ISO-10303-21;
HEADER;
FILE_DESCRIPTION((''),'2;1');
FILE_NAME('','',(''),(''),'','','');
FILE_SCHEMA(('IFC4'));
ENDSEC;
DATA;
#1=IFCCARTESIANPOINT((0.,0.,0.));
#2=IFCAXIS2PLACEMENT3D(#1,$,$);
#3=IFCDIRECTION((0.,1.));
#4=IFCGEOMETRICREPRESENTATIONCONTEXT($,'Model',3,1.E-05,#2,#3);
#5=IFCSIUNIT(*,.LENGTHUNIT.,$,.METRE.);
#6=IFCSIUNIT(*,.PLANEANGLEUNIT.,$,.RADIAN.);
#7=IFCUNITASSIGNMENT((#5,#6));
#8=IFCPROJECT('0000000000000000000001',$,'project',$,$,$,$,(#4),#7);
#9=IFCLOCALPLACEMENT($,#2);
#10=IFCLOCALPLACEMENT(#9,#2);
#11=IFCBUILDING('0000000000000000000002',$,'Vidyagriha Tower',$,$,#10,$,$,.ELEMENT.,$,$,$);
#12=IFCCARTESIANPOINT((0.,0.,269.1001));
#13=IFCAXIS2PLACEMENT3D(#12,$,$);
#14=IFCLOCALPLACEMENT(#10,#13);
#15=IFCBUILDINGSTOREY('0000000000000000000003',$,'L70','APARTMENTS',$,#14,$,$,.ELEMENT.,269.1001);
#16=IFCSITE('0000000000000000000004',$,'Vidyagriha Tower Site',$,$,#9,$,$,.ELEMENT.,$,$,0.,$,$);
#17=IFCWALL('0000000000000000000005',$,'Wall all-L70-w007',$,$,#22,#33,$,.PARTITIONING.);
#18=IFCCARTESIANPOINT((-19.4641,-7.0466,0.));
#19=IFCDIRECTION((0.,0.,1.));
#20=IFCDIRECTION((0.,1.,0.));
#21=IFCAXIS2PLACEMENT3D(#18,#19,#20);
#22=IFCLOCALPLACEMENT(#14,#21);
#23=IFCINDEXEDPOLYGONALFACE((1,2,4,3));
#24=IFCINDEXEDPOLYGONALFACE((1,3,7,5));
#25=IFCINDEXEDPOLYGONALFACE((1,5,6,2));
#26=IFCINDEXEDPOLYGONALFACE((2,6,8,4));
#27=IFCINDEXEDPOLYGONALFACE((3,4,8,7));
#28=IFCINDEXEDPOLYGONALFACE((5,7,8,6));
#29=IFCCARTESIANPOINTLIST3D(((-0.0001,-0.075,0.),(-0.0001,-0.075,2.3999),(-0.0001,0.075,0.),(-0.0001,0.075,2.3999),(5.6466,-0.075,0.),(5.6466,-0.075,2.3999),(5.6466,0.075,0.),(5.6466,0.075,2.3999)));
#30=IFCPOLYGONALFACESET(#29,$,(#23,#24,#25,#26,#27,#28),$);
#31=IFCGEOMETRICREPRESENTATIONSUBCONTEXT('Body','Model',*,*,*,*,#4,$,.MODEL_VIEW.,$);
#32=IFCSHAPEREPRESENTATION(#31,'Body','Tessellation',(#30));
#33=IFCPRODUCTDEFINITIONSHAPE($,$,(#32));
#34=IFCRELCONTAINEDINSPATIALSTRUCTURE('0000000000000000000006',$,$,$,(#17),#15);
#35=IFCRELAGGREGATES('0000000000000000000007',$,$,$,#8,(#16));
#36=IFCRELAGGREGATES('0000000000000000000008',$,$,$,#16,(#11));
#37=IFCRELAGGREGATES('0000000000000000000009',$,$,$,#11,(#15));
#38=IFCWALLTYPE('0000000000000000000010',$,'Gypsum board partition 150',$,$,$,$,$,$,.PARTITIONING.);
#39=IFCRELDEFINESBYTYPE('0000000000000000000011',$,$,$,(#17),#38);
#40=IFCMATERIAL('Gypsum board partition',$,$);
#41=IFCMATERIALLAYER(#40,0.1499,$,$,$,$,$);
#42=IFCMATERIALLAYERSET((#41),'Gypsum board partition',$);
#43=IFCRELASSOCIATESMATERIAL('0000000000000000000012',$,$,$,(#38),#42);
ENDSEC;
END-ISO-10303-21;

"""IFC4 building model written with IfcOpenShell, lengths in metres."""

from ifc_helpers import new_model, si_unit, direction, frame, frame_2d, origin, place, context, subcontext, project, spatial, rectangle, extrude, material, layer, layer_set, type_object, element, save


model = new_model("IFC4")

# Units and contexts
model_context = context("Model", 3, precision=1e-05, world=origin(), true_north=direction((0.0, 1.0)))
body_context = subcontext(model_context, "Body", "Model", "MODEL_VIEW")
ifc_project = project(units=[si_unit("LENGTHUNIT", "METRE"), si_unit("PLANEANGLEUNIT", "RADIAN")], contexts=[model_context])

# Site, building, storey
site_placement = place(None, origin())
site = spatial("IfcSite", under=ifc_project, at=site_placement, Name="Vidyagriha Tower Site", CompositionType="ELEMENT", RefElevation=0.0)
building_placement = place(site_placement, origin())
building = spatial("IfcBuilding", under=site, at=building_placement, Name="Vidyagriha Tower", CompositionType="ELEMENT")
storey_placement = place(building_placement, frame((0.0, 0.0, 269.1001)))
storey = spatial("IfcBuildingStorey", under=building, at=storey_placement, Name="L70", Description="APARTMENTS", CompositionType="ELEMENT", Elevation=269.1001)

# Wall
ifc_material_1 = material(Name="Gypsum board partition")
ifc_layer_1 = layer(ifc_material_1, 0.1499)
ifc_layer_set_1 = layer_set([ifc_layer_1], Name="Gypsum board partition")
wall_type_1 = type_object("IfcWallType", Name="Gypsum board partition 150", PredefinedType="PARTITIONING", material=ifc_layer_set_1)
wall_1_placement = place(storey_placement, frame((-19.4641, -7.0466, 0.0), z_axis=(0.0, 0.0, 1.0), x_axis=(0.0, 1.0, 0.0)))
element("IfcWall", 1, at=wall_1_placement, inside=storey, type_object=wall_type_1, Name="Wall all-L70-w007", PredefinedType="PARTITIONING", context=body_context, shape_type="SweptSolid", body=[
    extrude(rectangle(XDim=5.6467, YDim=0.1499, at=frame_2d((2.8232, 0.0))), origin(), (0.0, 0.0, 1.0), 2.3999),
])

save(model, "model.ifc")
